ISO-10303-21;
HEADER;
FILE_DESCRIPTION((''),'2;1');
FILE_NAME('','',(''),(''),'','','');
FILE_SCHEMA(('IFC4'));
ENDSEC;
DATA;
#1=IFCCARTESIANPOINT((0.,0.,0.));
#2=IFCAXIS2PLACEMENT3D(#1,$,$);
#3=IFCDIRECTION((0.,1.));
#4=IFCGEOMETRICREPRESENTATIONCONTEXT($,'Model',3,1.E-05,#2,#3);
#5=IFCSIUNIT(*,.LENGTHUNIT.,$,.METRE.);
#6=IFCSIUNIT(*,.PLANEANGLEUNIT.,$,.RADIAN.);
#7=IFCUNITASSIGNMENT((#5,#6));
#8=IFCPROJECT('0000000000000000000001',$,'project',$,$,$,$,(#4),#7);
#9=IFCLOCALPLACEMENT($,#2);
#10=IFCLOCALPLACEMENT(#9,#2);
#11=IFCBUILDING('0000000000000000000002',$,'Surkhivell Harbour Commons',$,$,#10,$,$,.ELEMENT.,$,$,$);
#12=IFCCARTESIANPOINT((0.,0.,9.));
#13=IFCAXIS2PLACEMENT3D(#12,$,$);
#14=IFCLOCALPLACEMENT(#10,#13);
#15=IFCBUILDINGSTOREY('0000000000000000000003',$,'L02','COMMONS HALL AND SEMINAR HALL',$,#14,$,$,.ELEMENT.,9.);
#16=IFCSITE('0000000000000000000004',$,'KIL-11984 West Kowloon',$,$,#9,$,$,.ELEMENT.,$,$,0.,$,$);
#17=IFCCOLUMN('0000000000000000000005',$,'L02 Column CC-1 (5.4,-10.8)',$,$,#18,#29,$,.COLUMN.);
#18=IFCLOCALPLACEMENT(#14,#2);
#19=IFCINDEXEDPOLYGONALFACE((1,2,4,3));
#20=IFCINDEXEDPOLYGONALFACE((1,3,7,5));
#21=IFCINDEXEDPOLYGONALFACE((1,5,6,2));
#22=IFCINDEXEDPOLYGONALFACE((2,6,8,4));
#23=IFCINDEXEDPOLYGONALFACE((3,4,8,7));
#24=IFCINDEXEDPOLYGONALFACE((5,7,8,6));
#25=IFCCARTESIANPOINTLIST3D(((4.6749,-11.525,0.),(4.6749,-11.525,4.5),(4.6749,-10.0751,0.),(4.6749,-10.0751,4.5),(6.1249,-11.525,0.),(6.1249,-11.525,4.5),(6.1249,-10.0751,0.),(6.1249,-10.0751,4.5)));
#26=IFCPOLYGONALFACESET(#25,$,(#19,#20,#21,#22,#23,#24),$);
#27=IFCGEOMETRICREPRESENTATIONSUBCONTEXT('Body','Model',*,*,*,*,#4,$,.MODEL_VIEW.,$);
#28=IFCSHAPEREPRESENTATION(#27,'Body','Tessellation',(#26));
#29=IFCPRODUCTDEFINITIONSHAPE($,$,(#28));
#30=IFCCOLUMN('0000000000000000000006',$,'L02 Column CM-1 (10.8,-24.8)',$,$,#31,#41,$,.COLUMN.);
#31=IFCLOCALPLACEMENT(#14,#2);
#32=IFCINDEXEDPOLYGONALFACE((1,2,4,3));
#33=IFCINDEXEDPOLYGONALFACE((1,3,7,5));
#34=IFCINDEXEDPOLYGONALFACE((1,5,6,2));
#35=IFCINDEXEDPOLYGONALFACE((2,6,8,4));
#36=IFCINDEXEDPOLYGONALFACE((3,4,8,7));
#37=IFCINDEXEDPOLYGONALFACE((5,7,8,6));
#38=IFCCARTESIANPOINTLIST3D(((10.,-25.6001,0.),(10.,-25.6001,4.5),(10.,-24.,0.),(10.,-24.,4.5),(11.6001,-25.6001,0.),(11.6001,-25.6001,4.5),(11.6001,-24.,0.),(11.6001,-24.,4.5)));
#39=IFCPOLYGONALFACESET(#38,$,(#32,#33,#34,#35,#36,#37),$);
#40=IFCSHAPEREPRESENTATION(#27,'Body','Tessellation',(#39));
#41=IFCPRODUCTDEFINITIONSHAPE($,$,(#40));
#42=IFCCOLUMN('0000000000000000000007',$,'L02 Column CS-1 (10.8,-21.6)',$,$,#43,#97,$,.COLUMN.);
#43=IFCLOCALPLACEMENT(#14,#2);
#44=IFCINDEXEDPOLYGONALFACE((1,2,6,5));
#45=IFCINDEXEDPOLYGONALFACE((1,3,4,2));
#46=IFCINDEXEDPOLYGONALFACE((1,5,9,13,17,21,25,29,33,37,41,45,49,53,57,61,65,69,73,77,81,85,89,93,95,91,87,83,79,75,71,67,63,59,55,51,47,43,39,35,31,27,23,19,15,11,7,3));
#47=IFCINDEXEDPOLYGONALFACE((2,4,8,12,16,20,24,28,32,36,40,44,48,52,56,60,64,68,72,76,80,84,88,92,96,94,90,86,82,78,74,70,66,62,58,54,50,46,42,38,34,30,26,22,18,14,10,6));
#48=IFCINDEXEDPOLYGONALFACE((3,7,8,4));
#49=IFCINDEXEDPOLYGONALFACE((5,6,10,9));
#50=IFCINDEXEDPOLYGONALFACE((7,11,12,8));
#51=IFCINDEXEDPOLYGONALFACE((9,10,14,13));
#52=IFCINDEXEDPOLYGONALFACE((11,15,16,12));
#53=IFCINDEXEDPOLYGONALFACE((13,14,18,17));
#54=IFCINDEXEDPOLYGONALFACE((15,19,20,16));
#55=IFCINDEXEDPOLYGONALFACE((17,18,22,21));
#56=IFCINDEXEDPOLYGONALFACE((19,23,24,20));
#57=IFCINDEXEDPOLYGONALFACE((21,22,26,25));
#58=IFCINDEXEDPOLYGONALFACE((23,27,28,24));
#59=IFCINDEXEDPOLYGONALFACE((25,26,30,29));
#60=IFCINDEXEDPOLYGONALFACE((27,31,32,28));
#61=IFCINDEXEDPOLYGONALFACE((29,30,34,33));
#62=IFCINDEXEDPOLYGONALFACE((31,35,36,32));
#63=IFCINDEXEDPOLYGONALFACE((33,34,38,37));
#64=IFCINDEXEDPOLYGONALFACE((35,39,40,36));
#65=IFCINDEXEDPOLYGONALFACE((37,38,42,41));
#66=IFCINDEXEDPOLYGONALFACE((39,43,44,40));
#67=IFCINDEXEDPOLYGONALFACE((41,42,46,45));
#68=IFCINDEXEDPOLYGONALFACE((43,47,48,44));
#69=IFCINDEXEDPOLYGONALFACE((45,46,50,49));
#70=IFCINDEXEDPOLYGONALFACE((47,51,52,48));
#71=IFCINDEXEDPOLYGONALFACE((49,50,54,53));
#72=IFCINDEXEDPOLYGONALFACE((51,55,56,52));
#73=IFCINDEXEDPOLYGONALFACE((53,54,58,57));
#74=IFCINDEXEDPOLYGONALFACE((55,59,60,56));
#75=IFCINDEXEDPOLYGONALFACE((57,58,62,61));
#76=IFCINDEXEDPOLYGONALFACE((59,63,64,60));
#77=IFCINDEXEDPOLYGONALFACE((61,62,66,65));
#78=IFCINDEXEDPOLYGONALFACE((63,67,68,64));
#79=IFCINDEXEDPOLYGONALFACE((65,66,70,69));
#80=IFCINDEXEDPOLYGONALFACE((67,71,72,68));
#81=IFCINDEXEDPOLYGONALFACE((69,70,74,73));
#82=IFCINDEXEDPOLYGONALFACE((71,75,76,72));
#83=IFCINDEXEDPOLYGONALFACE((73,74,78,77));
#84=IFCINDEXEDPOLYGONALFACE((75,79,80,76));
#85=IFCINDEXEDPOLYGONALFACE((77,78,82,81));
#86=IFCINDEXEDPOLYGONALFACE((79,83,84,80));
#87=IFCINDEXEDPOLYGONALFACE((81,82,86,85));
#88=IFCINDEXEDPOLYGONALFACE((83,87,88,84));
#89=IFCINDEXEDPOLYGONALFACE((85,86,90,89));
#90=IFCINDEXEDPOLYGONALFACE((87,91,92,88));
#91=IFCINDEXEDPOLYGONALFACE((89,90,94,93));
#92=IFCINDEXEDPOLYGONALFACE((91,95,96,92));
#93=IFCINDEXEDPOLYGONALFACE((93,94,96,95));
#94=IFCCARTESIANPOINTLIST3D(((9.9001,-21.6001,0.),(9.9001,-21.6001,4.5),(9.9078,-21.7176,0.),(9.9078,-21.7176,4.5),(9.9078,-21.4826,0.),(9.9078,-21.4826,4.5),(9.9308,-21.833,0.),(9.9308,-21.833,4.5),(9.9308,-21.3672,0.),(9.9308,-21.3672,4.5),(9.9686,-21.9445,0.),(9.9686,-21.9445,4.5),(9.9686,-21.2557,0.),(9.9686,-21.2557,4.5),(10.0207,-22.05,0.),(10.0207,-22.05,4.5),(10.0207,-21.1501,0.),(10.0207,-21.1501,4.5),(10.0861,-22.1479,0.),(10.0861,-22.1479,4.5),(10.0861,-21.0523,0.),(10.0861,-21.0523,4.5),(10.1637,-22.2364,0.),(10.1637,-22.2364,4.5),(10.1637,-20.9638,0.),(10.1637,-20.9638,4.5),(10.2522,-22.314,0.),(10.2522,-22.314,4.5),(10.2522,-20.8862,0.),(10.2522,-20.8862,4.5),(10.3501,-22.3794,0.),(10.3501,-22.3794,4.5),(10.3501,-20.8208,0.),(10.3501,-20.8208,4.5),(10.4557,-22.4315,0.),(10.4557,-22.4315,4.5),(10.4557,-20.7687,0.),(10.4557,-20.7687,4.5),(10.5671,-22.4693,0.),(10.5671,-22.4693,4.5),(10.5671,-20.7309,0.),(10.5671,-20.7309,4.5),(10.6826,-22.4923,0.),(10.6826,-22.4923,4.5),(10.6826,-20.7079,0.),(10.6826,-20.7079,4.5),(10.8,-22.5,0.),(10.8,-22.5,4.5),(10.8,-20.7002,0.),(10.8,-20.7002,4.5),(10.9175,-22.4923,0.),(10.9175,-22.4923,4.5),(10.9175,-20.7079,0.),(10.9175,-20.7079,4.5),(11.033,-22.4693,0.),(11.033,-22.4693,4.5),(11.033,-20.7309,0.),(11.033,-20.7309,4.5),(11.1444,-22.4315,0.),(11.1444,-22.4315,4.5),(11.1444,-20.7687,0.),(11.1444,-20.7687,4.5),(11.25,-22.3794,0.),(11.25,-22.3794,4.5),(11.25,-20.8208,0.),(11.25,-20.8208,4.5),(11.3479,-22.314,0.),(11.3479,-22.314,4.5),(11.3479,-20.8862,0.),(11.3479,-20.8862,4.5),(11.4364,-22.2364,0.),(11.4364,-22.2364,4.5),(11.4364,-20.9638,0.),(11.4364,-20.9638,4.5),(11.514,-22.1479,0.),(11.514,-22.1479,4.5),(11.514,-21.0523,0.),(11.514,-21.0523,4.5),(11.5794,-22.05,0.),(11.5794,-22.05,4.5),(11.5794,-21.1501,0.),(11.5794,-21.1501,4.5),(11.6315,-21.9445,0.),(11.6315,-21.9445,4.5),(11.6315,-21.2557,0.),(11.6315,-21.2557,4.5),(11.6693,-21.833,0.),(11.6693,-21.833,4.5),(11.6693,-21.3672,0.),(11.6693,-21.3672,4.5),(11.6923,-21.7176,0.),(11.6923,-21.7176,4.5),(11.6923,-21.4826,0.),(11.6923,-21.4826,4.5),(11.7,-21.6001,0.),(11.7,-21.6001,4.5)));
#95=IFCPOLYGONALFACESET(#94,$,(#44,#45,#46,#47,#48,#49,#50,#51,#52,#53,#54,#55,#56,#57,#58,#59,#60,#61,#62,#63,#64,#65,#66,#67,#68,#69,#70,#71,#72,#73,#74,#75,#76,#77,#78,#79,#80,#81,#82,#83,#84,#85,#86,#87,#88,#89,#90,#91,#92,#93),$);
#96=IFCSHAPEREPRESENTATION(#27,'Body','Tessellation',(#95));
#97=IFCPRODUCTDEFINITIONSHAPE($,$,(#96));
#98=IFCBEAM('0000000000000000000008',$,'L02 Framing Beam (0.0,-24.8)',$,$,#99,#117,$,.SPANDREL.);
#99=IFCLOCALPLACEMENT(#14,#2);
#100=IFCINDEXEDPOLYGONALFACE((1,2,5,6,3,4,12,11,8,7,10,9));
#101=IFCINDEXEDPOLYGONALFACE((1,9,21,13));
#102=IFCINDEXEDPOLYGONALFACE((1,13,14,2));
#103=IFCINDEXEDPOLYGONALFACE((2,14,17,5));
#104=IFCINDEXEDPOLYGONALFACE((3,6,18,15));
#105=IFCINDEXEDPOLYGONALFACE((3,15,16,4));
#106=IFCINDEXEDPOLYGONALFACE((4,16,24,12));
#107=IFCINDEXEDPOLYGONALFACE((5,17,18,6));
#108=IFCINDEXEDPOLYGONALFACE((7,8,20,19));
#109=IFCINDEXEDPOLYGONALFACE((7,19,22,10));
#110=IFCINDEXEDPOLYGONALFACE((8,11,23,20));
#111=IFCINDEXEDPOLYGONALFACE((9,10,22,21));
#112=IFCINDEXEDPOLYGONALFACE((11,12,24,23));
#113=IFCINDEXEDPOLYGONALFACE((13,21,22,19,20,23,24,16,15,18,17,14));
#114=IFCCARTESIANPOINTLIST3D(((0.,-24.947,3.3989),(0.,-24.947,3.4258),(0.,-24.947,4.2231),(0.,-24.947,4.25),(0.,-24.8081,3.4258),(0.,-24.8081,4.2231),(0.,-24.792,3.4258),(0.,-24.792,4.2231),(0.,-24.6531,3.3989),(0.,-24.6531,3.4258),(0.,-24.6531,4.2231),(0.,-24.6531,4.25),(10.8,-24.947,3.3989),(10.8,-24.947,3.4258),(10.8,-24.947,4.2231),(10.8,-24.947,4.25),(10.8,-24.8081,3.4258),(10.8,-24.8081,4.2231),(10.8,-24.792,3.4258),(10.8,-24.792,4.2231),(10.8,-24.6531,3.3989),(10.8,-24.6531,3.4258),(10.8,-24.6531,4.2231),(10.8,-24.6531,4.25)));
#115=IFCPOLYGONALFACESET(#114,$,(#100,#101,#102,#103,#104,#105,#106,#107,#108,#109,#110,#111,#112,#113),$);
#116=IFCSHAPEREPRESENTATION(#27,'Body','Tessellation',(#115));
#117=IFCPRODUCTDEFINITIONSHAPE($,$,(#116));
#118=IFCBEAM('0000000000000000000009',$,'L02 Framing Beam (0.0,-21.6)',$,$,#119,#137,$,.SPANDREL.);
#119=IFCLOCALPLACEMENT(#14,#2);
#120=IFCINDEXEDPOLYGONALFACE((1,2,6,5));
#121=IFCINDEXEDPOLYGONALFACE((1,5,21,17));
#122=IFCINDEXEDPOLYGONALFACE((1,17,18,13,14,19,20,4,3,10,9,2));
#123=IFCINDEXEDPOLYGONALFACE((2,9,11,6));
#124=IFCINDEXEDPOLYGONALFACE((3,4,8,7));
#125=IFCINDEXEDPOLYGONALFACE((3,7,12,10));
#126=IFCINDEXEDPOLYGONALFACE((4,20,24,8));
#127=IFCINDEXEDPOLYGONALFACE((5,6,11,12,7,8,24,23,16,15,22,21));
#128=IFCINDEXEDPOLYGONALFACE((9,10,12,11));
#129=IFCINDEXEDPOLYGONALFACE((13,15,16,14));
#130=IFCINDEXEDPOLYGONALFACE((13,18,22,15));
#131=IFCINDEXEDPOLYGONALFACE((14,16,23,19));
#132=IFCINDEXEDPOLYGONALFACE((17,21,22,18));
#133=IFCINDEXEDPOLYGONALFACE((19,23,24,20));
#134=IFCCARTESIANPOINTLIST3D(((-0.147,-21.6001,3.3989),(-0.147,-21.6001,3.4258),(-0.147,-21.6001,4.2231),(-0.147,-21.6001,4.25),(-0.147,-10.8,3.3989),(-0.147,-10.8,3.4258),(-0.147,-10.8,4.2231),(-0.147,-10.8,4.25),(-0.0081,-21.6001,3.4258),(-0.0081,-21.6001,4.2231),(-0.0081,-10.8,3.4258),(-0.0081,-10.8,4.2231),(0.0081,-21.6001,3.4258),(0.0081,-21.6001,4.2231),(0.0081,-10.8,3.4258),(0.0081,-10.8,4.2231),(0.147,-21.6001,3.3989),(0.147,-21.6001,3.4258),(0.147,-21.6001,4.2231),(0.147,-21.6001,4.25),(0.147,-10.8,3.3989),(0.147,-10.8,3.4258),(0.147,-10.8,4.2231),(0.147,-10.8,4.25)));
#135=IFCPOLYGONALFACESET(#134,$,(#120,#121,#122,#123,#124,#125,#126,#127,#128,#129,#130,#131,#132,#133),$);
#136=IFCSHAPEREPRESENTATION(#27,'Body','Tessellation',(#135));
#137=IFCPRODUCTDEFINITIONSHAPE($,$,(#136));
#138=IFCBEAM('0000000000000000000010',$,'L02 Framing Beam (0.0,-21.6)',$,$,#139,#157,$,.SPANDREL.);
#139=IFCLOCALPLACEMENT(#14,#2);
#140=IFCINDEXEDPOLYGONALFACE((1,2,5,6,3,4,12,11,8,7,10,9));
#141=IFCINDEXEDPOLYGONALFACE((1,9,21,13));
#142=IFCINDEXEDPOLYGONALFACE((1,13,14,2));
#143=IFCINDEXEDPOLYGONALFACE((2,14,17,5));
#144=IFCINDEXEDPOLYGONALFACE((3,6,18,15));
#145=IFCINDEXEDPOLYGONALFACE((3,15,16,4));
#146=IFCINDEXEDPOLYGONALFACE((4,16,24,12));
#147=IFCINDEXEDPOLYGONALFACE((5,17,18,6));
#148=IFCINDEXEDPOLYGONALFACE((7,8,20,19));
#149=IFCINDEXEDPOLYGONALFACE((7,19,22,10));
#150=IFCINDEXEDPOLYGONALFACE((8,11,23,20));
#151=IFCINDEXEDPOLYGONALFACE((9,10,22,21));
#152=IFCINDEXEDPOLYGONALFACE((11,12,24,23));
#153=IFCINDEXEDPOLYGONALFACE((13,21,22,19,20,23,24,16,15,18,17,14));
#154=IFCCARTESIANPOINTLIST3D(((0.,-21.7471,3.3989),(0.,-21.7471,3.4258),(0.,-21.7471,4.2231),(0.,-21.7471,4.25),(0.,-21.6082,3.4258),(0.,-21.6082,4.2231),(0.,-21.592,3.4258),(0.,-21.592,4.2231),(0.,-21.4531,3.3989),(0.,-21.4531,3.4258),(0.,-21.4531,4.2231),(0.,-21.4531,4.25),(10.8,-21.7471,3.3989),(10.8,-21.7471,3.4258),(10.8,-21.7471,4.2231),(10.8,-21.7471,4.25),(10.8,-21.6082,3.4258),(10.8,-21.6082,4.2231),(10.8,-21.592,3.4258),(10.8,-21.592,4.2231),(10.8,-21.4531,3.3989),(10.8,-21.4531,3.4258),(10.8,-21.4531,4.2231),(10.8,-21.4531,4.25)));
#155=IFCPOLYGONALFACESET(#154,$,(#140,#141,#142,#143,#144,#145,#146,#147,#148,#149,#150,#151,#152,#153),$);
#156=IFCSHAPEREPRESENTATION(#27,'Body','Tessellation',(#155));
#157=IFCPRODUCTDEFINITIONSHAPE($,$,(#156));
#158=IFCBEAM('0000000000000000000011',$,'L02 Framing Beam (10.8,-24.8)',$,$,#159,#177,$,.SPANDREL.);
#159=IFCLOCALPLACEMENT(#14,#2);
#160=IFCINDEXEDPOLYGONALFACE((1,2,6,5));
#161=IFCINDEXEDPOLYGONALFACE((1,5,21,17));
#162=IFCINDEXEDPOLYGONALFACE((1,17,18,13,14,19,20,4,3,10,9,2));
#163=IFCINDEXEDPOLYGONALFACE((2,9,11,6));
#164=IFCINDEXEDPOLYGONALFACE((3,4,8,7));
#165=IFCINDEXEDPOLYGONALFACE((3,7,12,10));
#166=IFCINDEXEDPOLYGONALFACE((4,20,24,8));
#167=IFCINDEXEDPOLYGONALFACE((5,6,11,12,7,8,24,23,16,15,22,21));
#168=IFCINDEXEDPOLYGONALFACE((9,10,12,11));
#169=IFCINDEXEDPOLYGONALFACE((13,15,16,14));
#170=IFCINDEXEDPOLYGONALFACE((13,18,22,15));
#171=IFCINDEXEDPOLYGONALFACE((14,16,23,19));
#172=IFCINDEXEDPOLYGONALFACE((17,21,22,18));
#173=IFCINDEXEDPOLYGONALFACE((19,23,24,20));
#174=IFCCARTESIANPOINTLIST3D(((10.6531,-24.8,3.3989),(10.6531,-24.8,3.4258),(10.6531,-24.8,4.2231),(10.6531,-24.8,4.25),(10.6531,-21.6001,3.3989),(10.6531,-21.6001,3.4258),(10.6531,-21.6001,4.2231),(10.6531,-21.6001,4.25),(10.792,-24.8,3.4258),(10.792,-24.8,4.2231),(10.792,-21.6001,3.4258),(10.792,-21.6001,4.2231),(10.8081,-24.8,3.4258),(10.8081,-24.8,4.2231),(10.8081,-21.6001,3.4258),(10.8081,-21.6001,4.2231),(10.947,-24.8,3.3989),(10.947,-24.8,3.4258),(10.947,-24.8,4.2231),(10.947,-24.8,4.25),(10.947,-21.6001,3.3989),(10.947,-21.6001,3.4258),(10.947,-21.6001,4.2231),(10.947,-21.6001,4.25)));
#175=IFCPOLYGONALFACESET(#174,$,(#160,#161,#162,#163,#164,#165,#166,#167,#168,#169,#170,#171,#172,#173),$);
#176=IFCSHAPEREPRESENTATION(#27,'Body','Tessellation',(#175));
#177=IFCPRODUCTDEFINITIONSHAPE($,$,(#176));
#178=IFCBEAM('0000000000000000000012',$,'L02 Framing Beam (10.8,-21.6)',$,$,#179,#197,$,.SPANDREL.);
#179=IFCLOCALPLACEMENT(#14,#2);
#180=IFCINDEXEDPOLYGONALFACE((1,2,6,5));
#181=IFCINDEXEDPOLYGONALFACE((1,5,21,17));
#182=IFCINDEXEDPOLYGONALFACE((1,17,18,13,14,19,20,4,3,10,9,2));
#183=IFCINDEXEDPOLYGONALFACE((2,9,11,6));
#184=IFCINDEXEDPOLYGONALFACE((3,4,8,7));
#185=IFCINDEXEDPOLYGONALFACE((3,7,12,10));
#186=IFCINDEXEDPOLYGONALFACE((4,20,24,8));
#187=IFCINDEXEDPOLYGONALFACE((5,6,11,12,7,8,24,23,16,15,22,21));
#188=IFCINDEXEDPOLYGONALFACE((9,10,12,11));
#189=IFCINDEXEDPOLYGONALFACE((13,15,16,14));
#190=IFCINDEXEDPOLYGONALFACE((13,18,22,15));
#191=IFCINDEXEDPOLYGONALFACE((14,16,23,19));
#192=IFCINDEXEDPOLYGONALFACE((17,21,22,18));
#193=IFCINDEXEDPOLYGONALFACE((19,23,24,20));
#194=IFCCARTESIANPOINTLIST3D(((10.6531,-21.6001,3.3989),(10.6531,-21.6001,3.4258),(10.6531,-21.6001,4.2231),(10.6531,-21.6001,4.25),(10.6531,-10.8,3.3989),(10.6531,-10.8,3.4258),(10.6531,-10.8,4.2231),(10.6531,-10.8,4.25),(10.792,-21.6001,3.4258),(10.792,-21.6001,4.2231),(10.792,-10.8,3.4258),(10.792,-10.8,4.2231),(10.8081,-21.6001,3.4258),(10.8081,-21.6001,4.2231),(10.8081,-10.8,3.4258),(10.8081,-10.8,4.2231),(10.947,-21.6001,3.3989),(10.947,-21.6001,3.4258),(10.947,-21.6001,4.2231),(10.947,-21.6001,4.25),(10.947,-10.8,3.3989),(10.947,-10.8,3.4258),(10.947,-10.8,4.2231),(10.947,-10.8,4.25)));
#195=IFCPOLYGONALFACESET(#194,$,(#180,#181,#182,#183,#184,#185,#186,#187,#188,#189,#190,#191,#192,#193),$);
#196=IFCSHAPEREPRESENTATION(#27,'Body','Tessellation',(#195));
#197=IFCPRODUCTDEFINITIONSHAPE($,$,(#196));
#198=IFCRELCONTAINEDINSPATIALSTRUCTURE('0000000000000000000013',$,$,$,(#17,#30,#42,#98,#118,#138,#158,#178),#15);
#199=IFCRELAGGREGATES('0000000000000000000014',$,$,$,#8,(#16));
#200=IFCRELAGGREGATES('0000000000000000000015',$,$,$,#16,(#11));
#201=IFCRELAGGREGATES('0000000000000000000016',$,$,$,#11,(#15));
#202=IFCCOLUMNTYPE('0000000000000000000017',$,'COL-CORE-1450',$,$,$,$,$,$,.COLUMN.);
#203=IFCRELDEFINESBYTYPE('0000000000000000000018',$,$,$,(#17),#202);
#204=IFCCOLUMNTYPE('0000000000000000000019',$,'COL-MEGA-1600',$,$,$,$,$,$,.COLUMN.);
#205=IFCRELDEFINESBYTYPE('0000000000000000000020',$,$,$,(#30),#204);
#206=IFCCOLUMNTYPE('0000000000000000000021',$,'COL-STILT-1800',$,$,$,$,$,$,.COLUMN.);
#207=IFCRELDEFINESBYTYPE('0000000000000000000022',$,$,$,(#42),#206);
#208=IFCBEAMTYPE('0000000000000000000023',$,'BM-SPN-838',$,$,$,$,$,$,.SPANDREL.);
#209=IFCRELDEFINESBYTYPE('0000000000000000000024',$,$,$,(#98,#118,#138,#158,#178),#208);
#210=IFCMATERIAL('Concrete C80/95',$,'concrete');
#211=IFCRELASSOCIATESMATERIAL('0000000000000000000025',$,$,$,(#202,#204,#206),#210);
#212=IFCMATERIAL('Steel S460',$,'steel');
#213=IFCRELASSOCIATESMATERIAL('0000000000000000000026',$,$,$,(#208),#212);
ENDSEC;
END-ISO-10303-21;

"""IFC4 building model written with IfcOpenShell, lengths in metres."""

from ifc_helpers import new_model, si_unit, direction, frame, origin, origin_2d, place, context, subcontext, project, spatial, rectangle, circle, i_section, extrude, material, material_profile, profile_set, type_object, element, save


model = new_model("IFC4")

# Units and contexts
model_context = context("Model", 3, precision=1e-05, world=origin(), true_north=direction((0.0, 1.0)))
body_context = subcontext(model_context, "Body", "Model", "MODEL_VIEW")
ifc_project = project(units=[si_unit("LENGTHUNIT", "METRE"), si_unit("PLANEANGLEUNIT", "RADIAN")], contexts=[model_context])

# Site, building, storey
site_placement = place(None, origin())
site = spatial("IfcSite", under=ifc_project, at=site_placement, Name="KIL-11984 West Kowloon", CompositionType="ELEMENT", RefElevation=0.0)
building_placement = place(site_placement, origin())
building = spatial("IfcBuilding", under=site, at=building_placement, Name="Surkhivell Harbour Commons", CompositionType="ELEMENT")
storey_placement = place(building_placement, frame((0.0, 0.0, 9.0)))
storey = spatial("IfcBuildingStorey", under=building, at=storey_placement, Name="L02", Description="COMMONS HALL AND SEMINAR HALL", CompositionType="ELEMENT", Elevation=9.0)

# Columns
ifc_material_1 = material(Name="Concrete C80/95", Category="concrete")
ifc_material_profile_1 = material_profile(ifc_material_1, rectangle(XDim=1.45, YDim=1.45, at=origin_2d()), Name="RC-COL-1450x1450")
ifc_profile_set_1 = profile_set([ifc_material_profile_1], Name="Concrete C80/95")
column_type_1 = type_object("IfcColumnType", Name="COL-CORE-1450", PredefinedType="COLUMN", material=ifc_profile_set_1)
column_1_placement = place(storey_placement, frame((5.3999, -10.8, 0.0), z_axis=(0.0, 0.0, 1.0), x_axis=(1.0, 0.0, 0.0)))
element("IfcColumn", 1, at=column_1_placement, inside=storey, type_object=column_type_1, Name="L02 Column CC-1 (5.4,-10.8)", PredefinedType="COLUMN", context=body_context, shape_type="SweptSolid", body=[
    extrude(rectangle(XDim=1.45, YDim=1.45, at=origin_2d()), origin(), (0.0, 0.0, 1.0), 4.5),
])
ifc_material_profile_2 = material_profile(ifc_material_1, rectangle(XDim=1.6001, YDim=1.6001, at=origin_2d()), Name="RC-COL-1600x1600")
ifc_profile_set_2 = profile_set([ifc_material_profile_2], Name="Concrete C80/95")
column_type_2 = type_object("IfcColumnType", Name="COL-MEGA-1600", PredefinedType="COLUMN", material=ifc_profile_set_2)
column_2_placement = place(storey_placement, frame((10.8, -24.8, 0.0), z_axis=(0.0, 0.0, 1.0), x_axis=(1.0, 0.0, 0.0)))
element("IfcColumn", 2, at=column_2_placement, inside=storey, type_object=column_type_2, Name="L02 Column CM-1 (10.8,-24.8)", PredefinedType="COLUMN", context=body_context, shape_type="SweptSolid", body=[
    extrude(rectangle(XDim=1.6001, YDim=1.6001, at=origin_2d()), origin(), (0.0, 0.0, 1.0), 4.5),
])
ifc_material_profile_3 = material_profile(ifc_material_1, circle(Radius=0.8999, at=origin_2d()), Name="RC-CIRC-1800")
ifc_profile_set_3 = profile_set([ifc_material_profile_3], Name="Concrete C80/95")
column_type_3 = type_object("IfcColumnType", Name="COL-STILT-1800", PredefinedType="COLUMN", material=ifc_profile_set_3)
column_3_placement = place(storey_placement, frame((10.8, -21.6001, 0.0), z_axis=(0.0, 0.0, 1.0), x_axis=(1.0, 0.0, 0.0)))
element("IfcColumn", 3, at=column_3_placement, inside=storey, type_object=column_type_3, Name="L02 Column CS-1 (10.8,-21.6)", PredefinedType="COLUMN", context=body_context, shape_type="SweptSolid", body=[
    extrude(circle(Radius=0.8999, at=origin_2d()), origin(), (0.0, 0.0, 1.0), 4.5),
])

# Beams
ifc_material_2 = material(Name="Steel S460", Category="steel")
ifc_material_profile_4 = material_profile(ifc_material_2, i_section(OverallWidth=0.2939, OverallDepth=0.8511, WebThickness=0.0161, FlangeThickness=0.0269, at=origin_2d()), Name="UB838x292x226")
ifc_profile_set_4 = profile_set([ifc_material_profile_4], Name="Steel S460")
beam_type = type_object("IfcBeamType", Name="BM-SPN-838", PredefinedType="SPANDREL", material=ifc_profile_set_4)
for number, where, z_axis, x_axis, name in (
    (4, (0.0, -24.8, 3.8245), (1.0, 0.0, 0.0), (0.0, 1.0, 0.0), "L02 Framing Beam (0.0,-24.8)"),
    (5, (0.0, -21.6001, 3.8245), (0.0, 1.0, 0.0), (-1.0, 0.0, 0.0), "L02 Framing Beam (0.0,-21.6)"),
    (6, (0.0, -21.6001, 3.8245), (1.0, 0.0, 0.0), (0.0, 1.0, 0.0), "L02 Framing Beam (0.0,-21.6)"),
):
    element("IfcBeam", number, at=place(storey_placement, frame(where, z_axis=z_axis, x_axis=x_axis)), inside=storey, type_object=beam_type, Name=name, PredefinedType="SPANDREL", context=body_context, shape_type="SweptSolid", body=[
        extrude(i_section(OverallWidth=0.2939, OverallDepth=0.8511, WebThickness=0.0161, FlangeThickness=0.0269, at=origin_2d()), origin(), (0.0, 0.0, 1.0), 10.8),
    ])
beam_1_placement = place(storey_placement, frame((10.8, -24.8, 3.8245), z_axis=(0.0, 1.0, 0.0), x_axis=(-1.0, 0.0, 0.0)))
element("IfcBeam", 7, at=beam_1_placement, inside=storey, type_object=beam_type, Name="L02 Framing Beam (10.8,-24.8)", PredefinedType="SPANDREL", context=body_context, shape_type="SweptSolid", body=[
    extrude(i_section(OverallWidth=0.2939, OverallDepth=0.8511, WebThickness=0.0161, FlangeThickness=0.0269, at=origin_2d()), origin(), (0.0, 0.0, 1.0), 3.2),
])
beam_2_placement = place(storey_placement, frame((10.8, -21.6001, 3.8245), z_axis=(0.0, 1.0, 0.0), x_axis=(-1.0, 0.0, 0.0)))
element("IfcBeam", 8, at=beam_2_placement, inside=storey, type_object=beam_type, Name="L02 Framing Beam (10.8,-21.6)", PredefinedType="SPANDREL", context=body_context, shape_type="SweptSolid", body=[
    extrude(i_section(OverallWidth=0.2939, OverallDepth=0.8511, WebThickness=0.0161, FlangeThickness=0.0269, at=origin_2d()), origin(), (0.0, 0.0, 1.0), 10.8),
])

save(model, "model.ifc")
